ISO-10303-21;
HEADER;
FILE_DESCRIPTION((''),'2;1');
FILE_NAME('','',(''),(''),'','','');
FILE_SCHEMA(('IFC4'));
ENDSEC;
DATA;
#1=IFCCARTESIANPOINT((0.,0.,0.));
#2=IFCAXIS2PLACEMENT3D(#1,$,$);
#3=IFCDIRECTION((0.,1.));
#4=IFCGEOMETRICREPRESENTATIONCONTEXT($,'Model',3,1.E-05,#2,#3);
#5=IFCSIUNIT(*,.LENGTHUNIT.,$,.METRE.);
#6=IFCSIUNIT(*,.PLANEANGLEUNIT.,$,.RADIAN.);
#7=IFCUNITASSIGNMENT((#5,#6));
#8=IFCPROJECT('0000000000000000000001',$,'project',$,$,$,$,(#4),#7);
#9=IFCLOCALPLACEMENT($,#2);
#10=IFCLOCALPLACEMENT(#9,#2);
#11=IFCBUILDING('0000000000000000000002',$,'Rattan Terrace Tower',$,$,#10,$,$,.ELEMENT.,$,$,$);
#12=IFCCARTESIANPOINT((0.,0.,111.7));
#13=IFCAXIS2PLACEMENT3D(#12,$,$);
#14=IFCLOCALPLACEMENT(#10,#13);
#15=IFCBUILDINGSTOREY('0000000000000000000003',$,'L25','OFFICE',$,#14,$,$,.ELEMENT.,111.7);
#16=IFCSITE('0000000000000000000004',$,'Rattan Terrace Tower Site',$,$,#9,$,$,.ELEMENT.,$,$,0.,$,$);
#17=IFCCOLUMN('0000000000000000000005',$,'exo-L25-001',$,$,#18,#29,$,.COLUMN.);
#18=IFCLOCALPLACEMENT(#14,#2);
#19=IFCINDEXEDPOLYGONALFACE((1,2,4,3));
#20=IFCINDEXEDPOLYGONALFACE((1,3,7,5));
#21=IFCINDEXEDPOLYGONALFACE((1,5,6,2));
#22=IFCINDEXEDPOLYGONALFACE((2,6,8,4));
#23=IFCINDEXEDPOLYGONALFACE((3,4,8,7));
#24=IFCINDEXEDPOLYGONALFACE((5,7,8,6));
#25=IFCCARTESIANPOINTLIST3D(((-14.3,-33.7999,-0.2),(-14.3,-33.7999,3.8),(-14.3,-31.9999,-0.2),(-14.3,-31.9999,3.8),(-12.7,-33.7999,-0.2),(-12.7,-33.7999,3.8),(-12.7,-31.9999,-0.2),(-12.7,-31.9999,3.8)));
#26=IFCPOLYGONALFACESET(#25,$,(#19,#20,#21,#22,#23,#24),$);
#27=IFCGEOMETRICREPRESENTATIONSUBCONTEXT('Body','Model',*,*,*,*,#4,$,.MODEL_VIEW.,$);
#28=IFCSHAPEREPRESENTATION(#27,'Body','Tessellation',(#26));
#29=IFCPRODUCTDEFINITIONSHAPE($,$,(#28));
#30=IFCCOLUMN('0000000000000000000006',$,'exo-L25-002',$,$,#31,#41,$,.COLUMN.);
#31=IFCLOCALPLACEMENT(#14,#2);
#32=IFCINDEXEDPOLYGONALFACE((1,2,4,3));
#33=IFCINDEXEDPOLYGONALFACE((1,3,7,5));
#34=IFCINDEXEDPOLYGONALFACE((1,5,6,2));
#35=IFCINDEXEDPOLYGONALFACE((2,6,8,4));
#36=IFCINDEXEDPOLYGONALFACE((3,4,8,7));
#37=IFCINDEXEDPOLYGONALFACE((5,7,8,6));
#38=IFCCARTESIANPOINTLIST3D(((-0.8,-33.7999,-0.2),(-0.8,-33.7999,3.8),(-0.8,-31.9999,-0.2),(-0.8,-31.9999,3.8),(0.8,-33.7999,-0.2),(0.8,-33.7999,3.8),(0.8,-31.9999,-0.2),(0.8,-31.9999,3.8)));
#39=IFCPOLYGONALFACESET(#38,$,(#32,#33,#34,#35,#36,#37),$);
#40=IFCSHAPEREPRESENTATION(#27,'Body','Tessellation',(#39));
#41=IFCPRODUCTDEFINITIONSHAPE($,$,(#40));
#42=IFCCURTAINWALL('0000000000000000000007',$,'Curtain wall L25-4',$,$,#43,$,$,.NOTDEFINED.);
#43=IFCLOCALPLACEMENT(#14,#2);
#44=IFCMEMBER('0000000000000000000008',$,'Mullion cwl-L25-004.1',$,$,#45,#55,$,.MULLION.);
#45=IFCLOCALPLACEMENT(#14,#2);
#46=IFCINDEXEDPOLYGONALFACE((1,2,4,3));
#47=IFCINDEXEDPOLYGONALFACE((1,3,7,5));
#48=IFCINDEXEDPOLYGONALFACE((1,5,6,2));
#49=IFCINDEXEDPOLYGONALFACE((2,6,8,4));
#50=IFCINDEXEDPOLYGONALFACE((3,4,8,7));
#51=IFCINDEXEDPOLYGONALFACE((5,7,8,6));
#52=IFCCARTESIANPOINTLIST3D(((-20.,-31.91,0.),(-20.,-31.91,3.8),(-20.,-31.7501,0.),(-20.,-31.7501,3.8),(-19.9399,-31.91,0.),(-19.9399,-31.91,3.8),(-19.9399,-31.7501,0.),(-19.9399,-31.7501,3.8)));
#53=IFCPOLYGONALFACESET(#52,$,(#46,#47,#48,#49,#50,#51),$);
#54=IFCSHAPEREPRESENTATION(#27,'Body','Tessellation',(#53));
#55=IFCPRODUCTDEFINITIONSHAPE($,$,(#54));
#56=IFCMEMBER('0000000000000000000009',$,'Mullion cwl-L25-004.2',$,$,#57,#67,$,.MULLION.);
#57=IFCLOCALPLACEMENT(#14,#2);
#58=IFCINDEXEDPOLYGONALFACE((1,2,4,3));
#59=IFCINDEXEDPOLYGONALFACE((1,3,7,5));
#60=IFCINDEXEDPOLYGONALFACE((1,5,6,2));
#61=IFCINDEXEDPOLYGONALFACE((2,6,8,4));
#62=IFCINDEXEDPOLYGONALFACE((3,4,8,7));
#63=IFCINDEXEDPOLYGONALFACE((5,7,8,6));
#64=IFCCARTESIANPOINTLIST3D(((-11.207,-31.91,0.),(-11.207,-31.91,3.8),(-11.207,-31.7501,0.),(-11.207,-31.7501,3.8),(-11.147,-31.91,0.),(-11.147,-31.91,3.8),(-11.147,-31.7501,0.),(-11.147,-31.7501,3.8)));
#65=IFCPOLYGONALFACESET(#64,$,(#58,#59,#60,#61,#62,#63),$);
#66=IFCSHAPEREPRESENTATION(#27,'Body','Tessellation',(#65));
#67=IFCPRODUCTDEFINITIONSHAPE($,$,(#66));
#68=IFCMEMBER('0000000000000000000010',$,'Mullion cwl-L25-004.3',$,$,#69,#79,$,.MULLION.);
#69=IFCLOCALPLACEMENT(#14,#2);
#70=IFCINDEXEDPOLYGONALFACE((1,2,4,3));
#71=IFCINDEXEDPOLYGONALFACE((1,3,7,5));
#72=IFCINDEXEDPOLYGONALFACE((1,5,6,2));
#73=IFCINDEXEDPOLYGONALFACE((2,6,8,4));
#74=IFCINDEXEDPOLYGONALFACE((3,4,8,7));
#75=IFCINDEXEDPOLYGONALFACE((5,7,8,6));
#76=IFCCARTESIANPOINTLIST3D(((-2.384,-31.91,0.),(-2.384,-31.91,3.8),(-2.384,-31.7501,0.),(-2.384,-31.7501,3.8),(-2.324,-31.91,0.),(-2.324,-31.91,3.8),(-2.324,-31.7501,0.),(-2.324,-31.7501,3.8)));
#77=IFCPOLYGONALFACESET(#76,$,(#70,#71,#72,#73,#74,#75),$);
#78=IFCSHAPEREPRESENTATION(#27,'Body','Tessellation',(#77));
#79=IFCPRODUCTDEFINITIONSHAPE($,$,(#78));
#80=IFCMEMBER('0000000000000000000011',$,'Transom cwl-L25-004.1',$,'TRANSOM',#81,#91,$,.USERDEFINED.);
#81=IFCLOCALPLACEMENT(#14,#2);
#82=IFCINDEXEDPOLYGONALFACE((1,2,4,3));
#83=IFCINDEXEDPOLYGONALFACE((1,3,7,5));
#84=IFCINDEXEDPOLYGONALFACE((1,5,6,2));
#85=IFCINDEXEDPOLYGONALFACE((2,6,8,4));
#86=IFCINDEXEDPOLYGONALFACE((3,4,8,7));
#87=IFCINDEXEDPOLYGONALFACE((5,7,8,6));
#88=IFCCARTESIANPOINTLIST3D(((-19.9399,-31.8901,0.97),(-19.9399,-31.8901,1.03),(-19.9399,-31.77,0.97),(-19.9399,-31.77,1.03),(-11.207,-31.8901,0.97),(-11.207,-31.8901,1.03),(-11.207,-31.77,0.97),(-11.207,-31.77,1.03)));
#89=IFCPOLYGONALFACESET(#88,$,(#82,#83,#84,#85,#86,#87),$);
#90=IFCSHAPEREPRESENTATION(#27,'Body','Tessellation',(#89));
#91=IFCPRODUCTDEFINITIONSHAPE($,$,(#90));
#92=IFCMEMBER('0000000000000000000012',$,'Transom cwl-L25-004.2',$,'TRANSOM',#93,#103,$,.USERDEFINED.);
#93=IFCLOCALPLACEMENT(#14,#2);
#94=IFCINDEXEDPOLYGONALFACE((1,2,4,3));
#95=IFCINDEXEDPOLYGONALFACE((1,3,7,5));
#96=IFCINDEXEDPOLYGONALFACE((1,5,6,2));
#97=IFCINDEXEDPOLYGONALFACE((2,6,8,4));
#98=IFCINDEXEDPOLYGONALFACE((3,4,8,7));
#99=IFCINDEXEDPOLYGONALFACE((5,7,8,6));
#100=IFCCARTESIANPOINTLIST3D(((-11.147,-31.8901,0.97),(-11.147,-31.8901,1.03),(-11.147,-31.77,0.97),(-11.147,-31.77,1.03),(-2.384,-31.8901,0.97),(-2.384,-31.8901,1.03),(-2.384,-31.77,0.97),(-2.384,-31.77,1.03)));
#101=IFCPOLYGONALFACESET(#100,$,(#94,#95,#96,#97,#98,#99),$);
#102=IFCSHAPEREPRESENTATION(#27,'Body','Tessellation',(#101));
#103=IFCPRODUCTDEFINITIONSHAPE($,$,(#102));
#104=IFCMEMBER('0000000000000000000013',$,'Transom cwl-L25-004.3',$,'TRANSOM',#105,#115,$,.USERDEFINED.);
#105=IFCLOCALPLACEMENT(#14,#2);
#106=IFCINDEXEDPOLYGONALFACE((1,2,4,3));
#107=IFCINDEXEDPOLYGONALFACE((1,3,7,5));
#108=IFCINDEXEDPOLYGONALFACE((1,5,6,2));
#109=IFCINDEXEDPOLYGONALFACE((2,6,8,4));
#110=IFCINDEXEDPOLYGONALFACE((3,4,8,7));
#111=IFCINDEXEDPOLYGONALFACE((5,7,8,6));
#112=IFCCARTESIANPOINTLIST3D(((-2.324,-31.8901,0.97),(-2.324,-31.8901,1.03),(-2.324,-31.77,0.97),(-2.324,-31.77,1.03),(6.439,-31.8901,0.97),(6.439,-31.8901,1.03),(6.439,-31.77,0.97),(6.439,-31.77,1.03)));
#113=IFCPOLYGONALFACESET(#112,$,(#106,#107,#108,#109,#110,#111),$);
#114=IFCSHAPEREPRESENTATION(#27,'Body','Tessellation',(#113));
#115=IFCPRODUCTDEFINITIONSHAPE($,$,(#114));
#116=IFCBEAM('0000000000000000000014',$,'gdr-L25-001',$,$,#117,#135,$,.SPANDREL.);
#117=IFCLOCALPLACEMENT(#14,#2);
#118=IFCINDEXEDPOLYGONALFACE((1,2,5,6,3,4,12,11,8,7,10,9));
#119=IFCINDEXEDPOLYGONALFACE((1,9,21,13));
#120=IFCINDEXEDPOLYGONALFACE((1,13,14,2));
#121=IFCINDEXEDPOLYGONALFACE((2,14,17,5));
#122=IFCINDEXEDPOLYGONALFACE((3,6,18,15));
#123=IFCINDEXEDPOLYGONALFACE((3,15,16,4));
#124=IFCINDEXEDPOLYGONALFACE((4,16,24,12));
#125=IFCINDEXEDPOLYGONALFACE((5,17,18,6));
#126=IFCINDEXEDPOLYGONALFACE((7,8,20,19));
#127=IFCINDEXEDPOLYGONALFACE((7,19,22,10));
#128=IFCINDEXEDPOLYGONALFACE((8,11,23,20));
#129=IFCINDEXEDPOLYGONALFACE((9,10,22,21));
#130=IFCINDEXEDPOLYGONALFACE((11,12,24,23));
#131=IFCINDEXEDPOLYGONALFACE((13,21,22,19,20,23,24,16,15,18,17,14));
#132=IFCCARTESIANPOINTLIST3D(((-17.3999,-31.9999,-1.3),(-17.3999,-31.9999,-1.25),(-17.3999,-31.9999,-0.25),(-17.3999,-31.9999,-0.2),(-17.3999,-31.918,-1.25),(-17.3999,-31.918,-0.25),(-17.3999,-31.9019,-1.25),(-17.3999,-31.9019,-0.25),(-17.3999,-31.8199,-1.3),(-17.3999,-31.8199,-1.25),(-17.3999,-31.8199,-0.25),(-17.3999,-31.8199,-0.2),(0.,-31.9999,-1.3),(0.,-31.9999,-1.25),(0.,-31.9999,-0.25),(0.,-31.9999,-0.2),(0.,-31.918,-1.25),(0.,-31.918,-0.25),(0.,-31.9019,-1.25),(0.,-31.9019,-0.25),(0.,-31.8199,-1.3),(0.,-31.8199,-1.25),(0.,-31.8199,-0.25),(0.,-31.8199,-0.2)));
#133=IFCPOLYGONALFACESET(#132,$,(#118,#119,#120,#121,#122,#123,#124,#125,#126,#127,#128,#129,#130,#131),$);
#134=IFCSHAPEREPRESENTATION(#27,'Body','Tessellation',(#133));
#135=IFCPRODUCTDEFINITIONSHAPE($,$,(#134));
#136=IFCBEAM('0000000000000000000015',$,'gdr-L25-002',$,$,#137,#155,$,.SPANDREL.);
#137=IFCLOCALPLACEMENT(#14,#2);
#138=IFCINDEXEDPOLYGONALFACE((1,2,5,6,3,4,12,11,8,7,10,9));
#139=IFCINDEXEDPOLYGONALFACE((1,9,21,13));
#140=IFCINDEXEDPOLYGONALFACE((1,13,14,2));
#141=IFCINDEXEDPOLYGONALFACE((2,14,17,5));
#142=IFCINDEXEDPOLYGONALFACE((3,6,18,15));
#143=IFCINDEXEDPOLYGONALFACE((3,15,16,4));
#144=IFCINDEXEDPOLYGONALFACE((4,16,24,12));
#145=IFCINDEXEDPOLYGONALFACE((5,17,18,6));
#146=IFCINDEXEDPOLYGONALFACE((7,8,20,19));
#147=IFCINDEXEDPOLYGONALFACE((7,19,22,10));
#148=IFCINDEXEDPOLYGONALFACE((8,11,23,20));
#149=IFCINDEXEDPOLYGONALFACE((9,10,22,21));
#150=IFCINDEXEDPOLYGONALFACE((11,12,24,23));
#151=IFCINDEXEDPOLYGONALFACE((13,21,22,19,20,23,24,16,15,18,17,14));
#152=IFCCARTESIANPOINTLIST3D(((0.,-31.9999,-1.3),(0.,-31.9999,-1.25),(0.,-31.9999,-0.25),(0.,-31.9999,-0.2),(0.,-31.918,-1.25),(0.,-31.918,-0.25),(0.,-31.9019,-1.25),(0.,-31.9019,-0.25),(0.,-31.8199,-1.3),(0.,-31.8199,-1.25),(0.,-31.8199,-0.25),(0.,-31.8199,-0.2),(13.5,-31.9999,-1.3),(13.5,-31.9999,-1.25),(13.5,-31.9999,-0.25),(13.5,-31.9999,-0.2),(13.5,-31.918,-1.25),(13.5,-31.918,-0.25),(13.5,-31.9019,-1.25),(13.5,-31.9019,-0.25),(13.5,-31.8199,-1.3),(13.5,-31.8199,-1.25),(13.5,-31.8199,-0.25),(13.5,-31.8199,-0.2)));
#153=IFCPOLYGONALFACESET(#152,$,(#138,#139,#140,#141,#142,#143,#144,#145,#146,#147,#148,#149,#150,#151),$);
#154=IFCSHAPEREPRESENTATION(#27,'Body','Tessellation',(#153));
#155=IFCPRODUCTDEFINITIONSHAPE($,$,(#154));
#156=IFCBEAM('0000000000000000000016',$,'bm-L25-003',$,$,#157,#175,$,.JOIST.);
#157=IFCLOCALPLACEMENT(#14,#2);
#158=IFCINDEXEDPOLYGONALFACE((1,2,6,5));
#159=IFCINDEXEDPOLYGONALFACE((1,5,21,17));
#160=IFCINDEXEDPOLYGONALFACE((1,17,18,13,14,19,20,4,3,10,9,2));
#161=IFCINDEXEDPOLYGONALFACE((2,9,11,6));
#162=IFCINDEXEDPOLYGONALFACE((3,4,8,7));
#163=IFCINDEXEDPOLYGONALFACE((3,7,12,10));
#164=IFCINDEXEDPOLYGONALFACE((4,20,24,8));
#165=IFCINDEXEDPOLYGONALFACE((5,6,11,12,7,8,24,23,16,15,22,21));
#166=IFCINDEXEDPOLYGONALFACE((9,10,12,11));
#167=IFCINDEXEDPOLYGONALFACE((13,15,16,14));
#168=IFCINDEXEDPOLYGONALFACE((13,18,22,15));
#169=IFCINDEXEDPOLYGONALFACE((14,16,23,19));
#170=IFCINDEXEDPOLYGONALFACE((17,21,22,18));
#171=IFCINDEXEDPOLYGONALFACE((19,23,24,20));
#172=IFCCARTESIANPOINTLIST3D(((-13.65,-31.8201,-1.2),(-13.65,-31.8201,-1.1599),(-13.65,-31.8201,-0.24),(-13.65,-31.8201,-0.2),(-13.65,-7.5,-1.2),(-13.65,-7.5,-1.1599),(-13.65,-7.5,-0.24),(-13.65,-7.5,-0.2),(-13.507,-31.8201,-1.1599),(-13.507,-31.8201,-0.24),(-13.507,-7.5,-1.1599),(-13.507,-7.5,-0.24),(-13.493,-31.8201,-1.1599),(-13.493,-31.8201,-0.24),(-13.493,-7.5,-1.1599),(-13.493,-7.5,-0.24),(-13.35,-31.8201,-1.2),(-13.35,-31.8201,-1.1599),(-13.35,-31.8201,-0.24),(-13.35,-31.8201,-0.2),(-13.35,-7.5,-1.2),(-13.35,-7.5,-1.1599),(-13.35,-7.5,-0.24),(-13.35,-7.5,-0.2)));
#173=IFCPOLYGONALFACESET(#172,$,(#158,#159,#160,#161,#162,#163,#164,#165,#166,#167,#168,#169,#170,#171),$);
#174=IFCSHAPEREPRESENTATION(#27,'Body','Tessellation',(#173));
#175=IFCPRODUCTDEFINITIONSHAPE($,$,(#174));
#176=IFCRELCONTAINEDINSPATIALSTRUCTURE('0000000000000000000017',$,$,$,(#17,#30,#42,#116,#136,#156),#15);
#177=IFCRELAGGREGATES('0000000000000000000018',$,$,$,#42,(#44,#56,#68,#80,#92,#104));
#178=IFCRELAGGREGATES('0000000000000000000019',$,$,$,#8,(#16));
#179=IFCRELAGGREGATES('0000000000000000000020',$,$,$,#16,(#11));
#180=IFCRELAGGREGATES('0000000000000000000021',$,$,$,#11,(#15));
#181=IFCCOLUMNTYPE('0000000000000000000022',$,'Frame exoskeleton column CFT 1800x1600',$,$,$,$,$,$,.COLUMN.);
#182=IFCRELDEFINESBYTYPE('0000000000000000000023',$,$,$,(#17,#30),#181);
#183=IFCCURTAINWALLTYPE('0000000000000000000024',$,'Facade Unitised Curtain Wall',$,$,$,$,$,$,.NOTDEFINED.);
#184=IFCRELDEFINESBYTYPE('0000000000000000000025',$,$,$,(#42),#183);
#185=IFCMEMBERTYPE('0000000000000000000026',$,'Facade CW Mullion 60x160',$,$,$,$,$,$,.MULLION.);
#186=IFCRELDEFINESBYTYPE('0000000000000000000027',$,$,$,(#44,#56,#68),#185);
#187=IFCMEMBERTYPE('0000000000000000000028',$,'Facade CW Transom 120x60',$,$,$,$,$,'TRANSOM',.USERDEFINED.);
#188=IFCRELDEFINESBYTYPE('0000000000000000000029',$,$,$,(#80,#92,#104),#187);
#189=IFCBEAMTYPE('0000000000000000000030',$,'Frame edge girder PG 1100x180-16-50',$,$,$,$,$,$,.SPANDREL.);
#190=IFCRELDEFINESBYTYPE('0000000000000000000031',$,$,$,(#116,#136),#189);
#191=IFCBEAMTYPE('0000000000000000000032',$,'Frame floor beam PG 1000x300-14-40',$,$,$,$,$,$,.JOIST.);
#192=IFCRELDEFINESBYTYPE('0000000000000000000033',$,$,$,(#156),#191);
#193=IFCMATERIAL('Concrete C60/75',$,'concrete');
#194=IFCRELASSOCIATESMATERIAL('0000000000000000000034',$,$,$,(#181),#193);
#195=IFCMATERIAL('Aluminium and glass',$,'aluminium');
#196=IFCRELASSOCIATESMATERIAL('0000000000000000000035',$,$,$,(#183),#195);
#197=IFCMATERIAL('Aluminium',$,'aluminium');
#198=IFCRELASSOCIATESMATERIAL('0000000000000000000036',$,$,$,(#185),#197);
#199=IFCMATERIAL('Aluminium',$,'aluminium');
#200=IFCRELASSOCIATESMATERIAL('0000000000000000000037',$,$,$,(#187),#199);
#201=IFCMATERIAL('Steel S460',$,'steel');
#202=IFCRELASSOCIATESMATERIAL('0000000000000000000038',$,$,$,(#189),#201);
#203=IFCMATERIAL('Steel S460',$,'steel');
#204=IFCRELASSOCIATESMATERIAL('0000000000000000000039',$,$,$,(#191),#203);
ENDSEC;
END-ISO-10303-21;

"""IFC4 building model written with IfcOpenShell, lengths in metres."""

from ifc_helpers import new_model, si_unit, direction, frame, origin, origin_2d, place, context, subcontext, project, spatial, rectangle, i_section, extrude, material, material_profile, profile_set, type_object, element, aggregate, save


model = new_model("IFC4")

# Units and contexts
model_context = context("Model", 3, precision=1e-05, world=origin(), true_north=direction((0.0, 1.0)))
body_context = subcontext(model_context, "Body", "Model", "MODEL_VIEW")
ifc_project = project(units=[si_unit("LENGTHUNIT", "METRE"), si_unit("PLANEANGLEUNIT", "RADIAN")], contexts=[model_context])

# Site, building, storey
site_placement = place(None, origin())
site = spatial("IfcSite", under=ifc_project, at=site_placement, Name="Rattan Terrace Tower Site", CompositionType="ELEMENT", RefElevation=0.0)
building_placement = place(site_placement, origin())
building = spatial("IfcBuilding", under=site, at=building_placement, Name="Rattan Terrace Tower", CompositionType="ELEMENT")
storey_placement = place(building_placement, frame((0.0, 0.0, 111.7)))
storey = spatial("IfcBuildingStorey", under=building, at=storey_placement, Name="L25", Description="OFFICE", CompositionType="ELEMENT", Elevation=111.7)

# Columns
ifc_material_1 = material(Name="Concrete C60/75", Category="concrete")
ifc_material_profile_1 = material_profile(ifc_material_1, rectangle(XDim=1.6001, YDim=1.8, at=origin_2d()), Name="CFT 1800x1600")
ifc_profile_set_1 = profile_set([ifc_material_profile_1], Name="Concrete C60/75")
column_type = type_object("IfcColumnType", Name="Frame exoskeleton column CFT 1800x1600", PredefinedType="COLUMN", material=ifc_profile_set_1)
for number, where, z_axis, x_axis, name in (
    (1, (-13.5, -32.8999, -0.2), (0.0, 0.0, 1.0), (1.0, 0.0, 0.0), "exo-L25-001"),
    (2, (0.0, -32.8999, -0.2), (0.0, 0.0, 1.0), (1.0, 0.0, 0.0), "exo-L25-002"),
):
    element("IfcColumn", number, at=place(storey_placement, frame(where, z_axis=z_axis, x_axis=x_axis)), inside=storey, type_object=column_type, Name=name, PredefinedType="COLUMN", context=body_context, shape_type="SweptSolid", body=[
        extrude(rectangle(XDim=1.6001, YDim=1.8, at=origin_2d()), origin(), (0.0, 0.0, 1.0), 4.0),
    ])

# Curtain wall, members
ifc_material_2 = material(Name="Aluminium and glass", Category="aluminium")
curtain_wall_type = type_object("IfcCurtainWallType", Name="Facade Unitised Curtain Wall", PredefinedType="NOTDEFINED", material=ifc_material_2)
curtain_wall_placement = place(storey_placement, origin())
curtain_wall = element("IfcCurtainWall", 3, at=curtain_wall_placement, inside=storey, type_object=curtain_wall_type, Name="Curtain wall L25-4", PredefinedType="NOTDEFINED")
ifc_material_3 = material(Name="Aluminium", Category="aluminium")
ifc_material_profile_2 = material_profile(ifc_material_3, rectangle(XDim=0.0601, YDim=0.1599, at=origin_2d()), Name="Aluminium 60x160")
ifc_profile_set_2 = profile_set([ifc_material_profile_2], Name="Aluminium")
member_type_1 = type_object("IfcMemberType", Name="Facade CW Mullion 60x160", PredefinedType="MULLION", material=ifc_profile_set_2)
member_1_placement = place(storey_placement, frame((-19.97, -31.8301, 0.0), z_axis=(0.0, 0.0, 1.0), x_axis=(1.0, 0.0, 0.0)))
member_1 = element("IfcMember", 4, at=member_1_placement, type_object=member_type_1, Name="Mullion cwl-L25-004.1", PredefinedType="MULLION", context=body_context, shape_type="SweptSolid", body=[
    extrude(rectangle(XDim=0.0601, YDim=0.1599, at=origin_2d()), origin(), (0.0, 0.0, 1.0), 3.8),
])
member_2_placement = place(storey_placement, frame((-11.177, -31.8301, 0.0), z_axis=(0.0, 0.0, 1.0), x_axis=(1.0, 0.0, 0.0)))
member_2 = element("IfcMember", 5, at=member_2_placement, type_object=member_type_1, Name="Mullion cwl-L25-004.2", PredefinedType="MULLION", context=body_context, shape_type="SweptSolid", body=[
    extrude(rectangle(XDim=0.0601, YDim=0.1599, at=origin_2d()), origin(), (0.0, 0.0, 1.0), 3.8),
])
member_3_placement = place(storey_placement, frame((-2.354, -31.8301, 0.0), z_axis=(0.0, 0.0, 1.0), x_axis=(1.0, 0.0, 0.0)))
member_3 = element("IfcMember", 6, at=member_3_placement, type_object=member_type_1, Name="Mullion cwl-L25-004.3", PredefinedType="MULLION", context=body_context, shape_type="SweptSolid", body=[
    extrude(rectangle(XDim=0.0601, YDim=0.1599, at=origin_2d()), origin(), (0.0, 0.0, 1.0), 3.8),
])
ifc_material_4 = material(Name="Aluminium", Category="aluminium")
ifc_material_profile_3 = material_profile(ifc_material_4, rectangle(XDim=0.1201, YDim=0.0601, at=origin_2d()), Name="Aluminium 120x60")
ifc_profile_set_3 = profile_set([ifc_material_profile_3], Name="Aluminium")
member_type_2 = type_object("IfcMemberType", Name="Facade CW Transom 120x60", ElementType="TRANSOM", PredefinedType="USERDEFINED", material=ifc_profile_set_3)
member_4_placement = place(storey_placement, frame((-19.9399, -31.8301, 1.0), z_axis=(1.0, 0.0, 0.0), x_axis=(0.0, 1.0, 0.0)))
member_4 = element("IfcMember", 7, at=member_4_placement, type_object=member_type_2, Name="Transom cwl-L25-004.1", ObjectType="TRANSOM", PredefinedType="USERDEFINED", context=body_context, shape_type="SweptSolid", body=[
    extrude(rectangle(XDim=0.1201, YDim=0.0601, at=origin_2d()), origin(), (0.0, 0.0, 1.0), 8.7329),
])
member_5_placement = place(storey_placement, frame((-11.147, -31.8301, 1.0), z_axis=(1.0, 0.0, 0.0), x_axis=(0.0, 1.0, 0.0)))
member_5 = element("IfcMember", 8, at=member_5_placement, type_object=member_type_2, Name="Transom cwl-L25-004.2", ObjectType="TRANSOM", PredefinedType="USERDEFINED", context=body_context, shape_type="SweptSolid", body=[
    extrude(rectangle(XDim=0.1201, YDim=0.0601, at=origin_2d()), origin(), (0.0, 0.0, 1.0), 8.7629),
])
member_6_placement = place(storey_placement, frame((-2.324, -31.8301, 1.0), z_axis=(1.0, 0.0, 0.0), x_axis=(0.0, 1.0, 0.0)))
member_6 = element("IfcMember", 9, at=member_6_placement, type_object=member_type_2, Name="Transom cwl-L25-004.3", ObjectType="TRANSOM", PredefinedType="USERDEFINED", context=body_context, shape_type="SweptSolid", body=[
    extrude(rectangle(XDim=0.1201, YDim=0.0601, at=origin_2d()), origin(), (0.0, 0.0, 1.0), 8.7629),
])

# Beams
ifc_material_5 = material(Name="Steel S460", Category="steel")
ifc_material_profile_4 = material_profile(ifc_material_5, i_section(OverallWidth=0.1799, OverallDepth=1.1001, WebThickness=0.0161, FlangeThickness=0.05, at=origin_2d()), Name="PG 1100x180-16-50")
ifc_profile_set_4 = profile_set([ifc_material_profile_4], Name="Steel S460")
beam_type_1 = type_object("IfcBeamType", Name="Frame edge girder PG 1100x180-16-50", PredefinedType="SPANDREL", material=ifc_profile_set_4)
beam_1_placement = place(storey_placement, frame((-17.3999, -31.9099, -0.75), z_axis=(1.0, 0.0, 0.0), x_axis=(0.0, 1.0, 0.0)))
element("IfcBeam", 10, at=beam_1_placement, inside=storey, type_object=beam_type_1, Name="gdr-L25-001", PredefinedType="SPANDREL", context=body_context, shape_type="SweptSolid", body=[
    extrude(i_section(OverallWidth=0.1799, OverallDepth=1.1001, WebThickness=0.0161, FlangeThickness=0.05, at=origin_2d()), origin(), (0.0, 0.0, 1.0), 17.3999),
])
beam_2_placement = place(storey_placement, frame((0.0, -31.9099, -0.75), z_axis=(1.0, 0.0, 0.0), x_axis=(0.0, 1.0, 0.0)))
element("IfcBeam", 11, at=beam_2_placement, inside=storey, type_object=beam_type_1, Name="gdr-L25-002", PredefinedType="SPANDREL", context=body_context, shape_type="SweptSolid", body=[
    extrude(i_section(OverallWidth=0.1799, OverallDepth=1.1001, WebThickness=0.0161, FlangeThickness=0.05, at=origin_2d()), origin(), (0.0, 0.0, 1.0), 13.5),
])
ifc_material_6 = material(Name="Steel S460", Category="steel")
ifc_material_profile_5 = material_profile(ifc_material_6, i_section(OverallWidth=0.3, OverallDepth=1.0, WebThickness=0.0139, FlangeThickness=0.04, at=origin_2d()), Name="PG 1000x300-14-40")
ifc_profile_set_5 = profile_set([ifc_material_profile_5], Name="Steel S460")
beam_type_2 = type_object("IfcBeamType", Name="Frame floor beam PG 1000x300-14-40", PredefinedType="JOIST", material=ifc_profile_set_5)
for number, where, z_axis, x_axis, name in (
    (12, (-13.5, -31.8201, -0.7), (0.0, 1.0, 0.0), (-1.0, 0.0, 0.0), "bm-L25-003"),
):
    element("IfcBeam", number, at=place(storey_placement, frame(where, z_axis=z_axis, x_axis=x_axis)), inside=storey, type_object=beam_type_2, Name=name, PredefinedType="JOIST", context=body_context, shape_type="SweptSolid", body=[
        extrude(i_section(OverallWidth=0.3, OverallDepth=1.0, WebThickness=0.0139, FlangeThickness=0.04, at=origin_2d()), origin(), (0.0, 0.0, 1.0), 24.3201),
    ])

aggregate(curtain_wall, [member_1, member_2, member_3, member_4, member_5, member_6])

save(model, "model.ifc")
